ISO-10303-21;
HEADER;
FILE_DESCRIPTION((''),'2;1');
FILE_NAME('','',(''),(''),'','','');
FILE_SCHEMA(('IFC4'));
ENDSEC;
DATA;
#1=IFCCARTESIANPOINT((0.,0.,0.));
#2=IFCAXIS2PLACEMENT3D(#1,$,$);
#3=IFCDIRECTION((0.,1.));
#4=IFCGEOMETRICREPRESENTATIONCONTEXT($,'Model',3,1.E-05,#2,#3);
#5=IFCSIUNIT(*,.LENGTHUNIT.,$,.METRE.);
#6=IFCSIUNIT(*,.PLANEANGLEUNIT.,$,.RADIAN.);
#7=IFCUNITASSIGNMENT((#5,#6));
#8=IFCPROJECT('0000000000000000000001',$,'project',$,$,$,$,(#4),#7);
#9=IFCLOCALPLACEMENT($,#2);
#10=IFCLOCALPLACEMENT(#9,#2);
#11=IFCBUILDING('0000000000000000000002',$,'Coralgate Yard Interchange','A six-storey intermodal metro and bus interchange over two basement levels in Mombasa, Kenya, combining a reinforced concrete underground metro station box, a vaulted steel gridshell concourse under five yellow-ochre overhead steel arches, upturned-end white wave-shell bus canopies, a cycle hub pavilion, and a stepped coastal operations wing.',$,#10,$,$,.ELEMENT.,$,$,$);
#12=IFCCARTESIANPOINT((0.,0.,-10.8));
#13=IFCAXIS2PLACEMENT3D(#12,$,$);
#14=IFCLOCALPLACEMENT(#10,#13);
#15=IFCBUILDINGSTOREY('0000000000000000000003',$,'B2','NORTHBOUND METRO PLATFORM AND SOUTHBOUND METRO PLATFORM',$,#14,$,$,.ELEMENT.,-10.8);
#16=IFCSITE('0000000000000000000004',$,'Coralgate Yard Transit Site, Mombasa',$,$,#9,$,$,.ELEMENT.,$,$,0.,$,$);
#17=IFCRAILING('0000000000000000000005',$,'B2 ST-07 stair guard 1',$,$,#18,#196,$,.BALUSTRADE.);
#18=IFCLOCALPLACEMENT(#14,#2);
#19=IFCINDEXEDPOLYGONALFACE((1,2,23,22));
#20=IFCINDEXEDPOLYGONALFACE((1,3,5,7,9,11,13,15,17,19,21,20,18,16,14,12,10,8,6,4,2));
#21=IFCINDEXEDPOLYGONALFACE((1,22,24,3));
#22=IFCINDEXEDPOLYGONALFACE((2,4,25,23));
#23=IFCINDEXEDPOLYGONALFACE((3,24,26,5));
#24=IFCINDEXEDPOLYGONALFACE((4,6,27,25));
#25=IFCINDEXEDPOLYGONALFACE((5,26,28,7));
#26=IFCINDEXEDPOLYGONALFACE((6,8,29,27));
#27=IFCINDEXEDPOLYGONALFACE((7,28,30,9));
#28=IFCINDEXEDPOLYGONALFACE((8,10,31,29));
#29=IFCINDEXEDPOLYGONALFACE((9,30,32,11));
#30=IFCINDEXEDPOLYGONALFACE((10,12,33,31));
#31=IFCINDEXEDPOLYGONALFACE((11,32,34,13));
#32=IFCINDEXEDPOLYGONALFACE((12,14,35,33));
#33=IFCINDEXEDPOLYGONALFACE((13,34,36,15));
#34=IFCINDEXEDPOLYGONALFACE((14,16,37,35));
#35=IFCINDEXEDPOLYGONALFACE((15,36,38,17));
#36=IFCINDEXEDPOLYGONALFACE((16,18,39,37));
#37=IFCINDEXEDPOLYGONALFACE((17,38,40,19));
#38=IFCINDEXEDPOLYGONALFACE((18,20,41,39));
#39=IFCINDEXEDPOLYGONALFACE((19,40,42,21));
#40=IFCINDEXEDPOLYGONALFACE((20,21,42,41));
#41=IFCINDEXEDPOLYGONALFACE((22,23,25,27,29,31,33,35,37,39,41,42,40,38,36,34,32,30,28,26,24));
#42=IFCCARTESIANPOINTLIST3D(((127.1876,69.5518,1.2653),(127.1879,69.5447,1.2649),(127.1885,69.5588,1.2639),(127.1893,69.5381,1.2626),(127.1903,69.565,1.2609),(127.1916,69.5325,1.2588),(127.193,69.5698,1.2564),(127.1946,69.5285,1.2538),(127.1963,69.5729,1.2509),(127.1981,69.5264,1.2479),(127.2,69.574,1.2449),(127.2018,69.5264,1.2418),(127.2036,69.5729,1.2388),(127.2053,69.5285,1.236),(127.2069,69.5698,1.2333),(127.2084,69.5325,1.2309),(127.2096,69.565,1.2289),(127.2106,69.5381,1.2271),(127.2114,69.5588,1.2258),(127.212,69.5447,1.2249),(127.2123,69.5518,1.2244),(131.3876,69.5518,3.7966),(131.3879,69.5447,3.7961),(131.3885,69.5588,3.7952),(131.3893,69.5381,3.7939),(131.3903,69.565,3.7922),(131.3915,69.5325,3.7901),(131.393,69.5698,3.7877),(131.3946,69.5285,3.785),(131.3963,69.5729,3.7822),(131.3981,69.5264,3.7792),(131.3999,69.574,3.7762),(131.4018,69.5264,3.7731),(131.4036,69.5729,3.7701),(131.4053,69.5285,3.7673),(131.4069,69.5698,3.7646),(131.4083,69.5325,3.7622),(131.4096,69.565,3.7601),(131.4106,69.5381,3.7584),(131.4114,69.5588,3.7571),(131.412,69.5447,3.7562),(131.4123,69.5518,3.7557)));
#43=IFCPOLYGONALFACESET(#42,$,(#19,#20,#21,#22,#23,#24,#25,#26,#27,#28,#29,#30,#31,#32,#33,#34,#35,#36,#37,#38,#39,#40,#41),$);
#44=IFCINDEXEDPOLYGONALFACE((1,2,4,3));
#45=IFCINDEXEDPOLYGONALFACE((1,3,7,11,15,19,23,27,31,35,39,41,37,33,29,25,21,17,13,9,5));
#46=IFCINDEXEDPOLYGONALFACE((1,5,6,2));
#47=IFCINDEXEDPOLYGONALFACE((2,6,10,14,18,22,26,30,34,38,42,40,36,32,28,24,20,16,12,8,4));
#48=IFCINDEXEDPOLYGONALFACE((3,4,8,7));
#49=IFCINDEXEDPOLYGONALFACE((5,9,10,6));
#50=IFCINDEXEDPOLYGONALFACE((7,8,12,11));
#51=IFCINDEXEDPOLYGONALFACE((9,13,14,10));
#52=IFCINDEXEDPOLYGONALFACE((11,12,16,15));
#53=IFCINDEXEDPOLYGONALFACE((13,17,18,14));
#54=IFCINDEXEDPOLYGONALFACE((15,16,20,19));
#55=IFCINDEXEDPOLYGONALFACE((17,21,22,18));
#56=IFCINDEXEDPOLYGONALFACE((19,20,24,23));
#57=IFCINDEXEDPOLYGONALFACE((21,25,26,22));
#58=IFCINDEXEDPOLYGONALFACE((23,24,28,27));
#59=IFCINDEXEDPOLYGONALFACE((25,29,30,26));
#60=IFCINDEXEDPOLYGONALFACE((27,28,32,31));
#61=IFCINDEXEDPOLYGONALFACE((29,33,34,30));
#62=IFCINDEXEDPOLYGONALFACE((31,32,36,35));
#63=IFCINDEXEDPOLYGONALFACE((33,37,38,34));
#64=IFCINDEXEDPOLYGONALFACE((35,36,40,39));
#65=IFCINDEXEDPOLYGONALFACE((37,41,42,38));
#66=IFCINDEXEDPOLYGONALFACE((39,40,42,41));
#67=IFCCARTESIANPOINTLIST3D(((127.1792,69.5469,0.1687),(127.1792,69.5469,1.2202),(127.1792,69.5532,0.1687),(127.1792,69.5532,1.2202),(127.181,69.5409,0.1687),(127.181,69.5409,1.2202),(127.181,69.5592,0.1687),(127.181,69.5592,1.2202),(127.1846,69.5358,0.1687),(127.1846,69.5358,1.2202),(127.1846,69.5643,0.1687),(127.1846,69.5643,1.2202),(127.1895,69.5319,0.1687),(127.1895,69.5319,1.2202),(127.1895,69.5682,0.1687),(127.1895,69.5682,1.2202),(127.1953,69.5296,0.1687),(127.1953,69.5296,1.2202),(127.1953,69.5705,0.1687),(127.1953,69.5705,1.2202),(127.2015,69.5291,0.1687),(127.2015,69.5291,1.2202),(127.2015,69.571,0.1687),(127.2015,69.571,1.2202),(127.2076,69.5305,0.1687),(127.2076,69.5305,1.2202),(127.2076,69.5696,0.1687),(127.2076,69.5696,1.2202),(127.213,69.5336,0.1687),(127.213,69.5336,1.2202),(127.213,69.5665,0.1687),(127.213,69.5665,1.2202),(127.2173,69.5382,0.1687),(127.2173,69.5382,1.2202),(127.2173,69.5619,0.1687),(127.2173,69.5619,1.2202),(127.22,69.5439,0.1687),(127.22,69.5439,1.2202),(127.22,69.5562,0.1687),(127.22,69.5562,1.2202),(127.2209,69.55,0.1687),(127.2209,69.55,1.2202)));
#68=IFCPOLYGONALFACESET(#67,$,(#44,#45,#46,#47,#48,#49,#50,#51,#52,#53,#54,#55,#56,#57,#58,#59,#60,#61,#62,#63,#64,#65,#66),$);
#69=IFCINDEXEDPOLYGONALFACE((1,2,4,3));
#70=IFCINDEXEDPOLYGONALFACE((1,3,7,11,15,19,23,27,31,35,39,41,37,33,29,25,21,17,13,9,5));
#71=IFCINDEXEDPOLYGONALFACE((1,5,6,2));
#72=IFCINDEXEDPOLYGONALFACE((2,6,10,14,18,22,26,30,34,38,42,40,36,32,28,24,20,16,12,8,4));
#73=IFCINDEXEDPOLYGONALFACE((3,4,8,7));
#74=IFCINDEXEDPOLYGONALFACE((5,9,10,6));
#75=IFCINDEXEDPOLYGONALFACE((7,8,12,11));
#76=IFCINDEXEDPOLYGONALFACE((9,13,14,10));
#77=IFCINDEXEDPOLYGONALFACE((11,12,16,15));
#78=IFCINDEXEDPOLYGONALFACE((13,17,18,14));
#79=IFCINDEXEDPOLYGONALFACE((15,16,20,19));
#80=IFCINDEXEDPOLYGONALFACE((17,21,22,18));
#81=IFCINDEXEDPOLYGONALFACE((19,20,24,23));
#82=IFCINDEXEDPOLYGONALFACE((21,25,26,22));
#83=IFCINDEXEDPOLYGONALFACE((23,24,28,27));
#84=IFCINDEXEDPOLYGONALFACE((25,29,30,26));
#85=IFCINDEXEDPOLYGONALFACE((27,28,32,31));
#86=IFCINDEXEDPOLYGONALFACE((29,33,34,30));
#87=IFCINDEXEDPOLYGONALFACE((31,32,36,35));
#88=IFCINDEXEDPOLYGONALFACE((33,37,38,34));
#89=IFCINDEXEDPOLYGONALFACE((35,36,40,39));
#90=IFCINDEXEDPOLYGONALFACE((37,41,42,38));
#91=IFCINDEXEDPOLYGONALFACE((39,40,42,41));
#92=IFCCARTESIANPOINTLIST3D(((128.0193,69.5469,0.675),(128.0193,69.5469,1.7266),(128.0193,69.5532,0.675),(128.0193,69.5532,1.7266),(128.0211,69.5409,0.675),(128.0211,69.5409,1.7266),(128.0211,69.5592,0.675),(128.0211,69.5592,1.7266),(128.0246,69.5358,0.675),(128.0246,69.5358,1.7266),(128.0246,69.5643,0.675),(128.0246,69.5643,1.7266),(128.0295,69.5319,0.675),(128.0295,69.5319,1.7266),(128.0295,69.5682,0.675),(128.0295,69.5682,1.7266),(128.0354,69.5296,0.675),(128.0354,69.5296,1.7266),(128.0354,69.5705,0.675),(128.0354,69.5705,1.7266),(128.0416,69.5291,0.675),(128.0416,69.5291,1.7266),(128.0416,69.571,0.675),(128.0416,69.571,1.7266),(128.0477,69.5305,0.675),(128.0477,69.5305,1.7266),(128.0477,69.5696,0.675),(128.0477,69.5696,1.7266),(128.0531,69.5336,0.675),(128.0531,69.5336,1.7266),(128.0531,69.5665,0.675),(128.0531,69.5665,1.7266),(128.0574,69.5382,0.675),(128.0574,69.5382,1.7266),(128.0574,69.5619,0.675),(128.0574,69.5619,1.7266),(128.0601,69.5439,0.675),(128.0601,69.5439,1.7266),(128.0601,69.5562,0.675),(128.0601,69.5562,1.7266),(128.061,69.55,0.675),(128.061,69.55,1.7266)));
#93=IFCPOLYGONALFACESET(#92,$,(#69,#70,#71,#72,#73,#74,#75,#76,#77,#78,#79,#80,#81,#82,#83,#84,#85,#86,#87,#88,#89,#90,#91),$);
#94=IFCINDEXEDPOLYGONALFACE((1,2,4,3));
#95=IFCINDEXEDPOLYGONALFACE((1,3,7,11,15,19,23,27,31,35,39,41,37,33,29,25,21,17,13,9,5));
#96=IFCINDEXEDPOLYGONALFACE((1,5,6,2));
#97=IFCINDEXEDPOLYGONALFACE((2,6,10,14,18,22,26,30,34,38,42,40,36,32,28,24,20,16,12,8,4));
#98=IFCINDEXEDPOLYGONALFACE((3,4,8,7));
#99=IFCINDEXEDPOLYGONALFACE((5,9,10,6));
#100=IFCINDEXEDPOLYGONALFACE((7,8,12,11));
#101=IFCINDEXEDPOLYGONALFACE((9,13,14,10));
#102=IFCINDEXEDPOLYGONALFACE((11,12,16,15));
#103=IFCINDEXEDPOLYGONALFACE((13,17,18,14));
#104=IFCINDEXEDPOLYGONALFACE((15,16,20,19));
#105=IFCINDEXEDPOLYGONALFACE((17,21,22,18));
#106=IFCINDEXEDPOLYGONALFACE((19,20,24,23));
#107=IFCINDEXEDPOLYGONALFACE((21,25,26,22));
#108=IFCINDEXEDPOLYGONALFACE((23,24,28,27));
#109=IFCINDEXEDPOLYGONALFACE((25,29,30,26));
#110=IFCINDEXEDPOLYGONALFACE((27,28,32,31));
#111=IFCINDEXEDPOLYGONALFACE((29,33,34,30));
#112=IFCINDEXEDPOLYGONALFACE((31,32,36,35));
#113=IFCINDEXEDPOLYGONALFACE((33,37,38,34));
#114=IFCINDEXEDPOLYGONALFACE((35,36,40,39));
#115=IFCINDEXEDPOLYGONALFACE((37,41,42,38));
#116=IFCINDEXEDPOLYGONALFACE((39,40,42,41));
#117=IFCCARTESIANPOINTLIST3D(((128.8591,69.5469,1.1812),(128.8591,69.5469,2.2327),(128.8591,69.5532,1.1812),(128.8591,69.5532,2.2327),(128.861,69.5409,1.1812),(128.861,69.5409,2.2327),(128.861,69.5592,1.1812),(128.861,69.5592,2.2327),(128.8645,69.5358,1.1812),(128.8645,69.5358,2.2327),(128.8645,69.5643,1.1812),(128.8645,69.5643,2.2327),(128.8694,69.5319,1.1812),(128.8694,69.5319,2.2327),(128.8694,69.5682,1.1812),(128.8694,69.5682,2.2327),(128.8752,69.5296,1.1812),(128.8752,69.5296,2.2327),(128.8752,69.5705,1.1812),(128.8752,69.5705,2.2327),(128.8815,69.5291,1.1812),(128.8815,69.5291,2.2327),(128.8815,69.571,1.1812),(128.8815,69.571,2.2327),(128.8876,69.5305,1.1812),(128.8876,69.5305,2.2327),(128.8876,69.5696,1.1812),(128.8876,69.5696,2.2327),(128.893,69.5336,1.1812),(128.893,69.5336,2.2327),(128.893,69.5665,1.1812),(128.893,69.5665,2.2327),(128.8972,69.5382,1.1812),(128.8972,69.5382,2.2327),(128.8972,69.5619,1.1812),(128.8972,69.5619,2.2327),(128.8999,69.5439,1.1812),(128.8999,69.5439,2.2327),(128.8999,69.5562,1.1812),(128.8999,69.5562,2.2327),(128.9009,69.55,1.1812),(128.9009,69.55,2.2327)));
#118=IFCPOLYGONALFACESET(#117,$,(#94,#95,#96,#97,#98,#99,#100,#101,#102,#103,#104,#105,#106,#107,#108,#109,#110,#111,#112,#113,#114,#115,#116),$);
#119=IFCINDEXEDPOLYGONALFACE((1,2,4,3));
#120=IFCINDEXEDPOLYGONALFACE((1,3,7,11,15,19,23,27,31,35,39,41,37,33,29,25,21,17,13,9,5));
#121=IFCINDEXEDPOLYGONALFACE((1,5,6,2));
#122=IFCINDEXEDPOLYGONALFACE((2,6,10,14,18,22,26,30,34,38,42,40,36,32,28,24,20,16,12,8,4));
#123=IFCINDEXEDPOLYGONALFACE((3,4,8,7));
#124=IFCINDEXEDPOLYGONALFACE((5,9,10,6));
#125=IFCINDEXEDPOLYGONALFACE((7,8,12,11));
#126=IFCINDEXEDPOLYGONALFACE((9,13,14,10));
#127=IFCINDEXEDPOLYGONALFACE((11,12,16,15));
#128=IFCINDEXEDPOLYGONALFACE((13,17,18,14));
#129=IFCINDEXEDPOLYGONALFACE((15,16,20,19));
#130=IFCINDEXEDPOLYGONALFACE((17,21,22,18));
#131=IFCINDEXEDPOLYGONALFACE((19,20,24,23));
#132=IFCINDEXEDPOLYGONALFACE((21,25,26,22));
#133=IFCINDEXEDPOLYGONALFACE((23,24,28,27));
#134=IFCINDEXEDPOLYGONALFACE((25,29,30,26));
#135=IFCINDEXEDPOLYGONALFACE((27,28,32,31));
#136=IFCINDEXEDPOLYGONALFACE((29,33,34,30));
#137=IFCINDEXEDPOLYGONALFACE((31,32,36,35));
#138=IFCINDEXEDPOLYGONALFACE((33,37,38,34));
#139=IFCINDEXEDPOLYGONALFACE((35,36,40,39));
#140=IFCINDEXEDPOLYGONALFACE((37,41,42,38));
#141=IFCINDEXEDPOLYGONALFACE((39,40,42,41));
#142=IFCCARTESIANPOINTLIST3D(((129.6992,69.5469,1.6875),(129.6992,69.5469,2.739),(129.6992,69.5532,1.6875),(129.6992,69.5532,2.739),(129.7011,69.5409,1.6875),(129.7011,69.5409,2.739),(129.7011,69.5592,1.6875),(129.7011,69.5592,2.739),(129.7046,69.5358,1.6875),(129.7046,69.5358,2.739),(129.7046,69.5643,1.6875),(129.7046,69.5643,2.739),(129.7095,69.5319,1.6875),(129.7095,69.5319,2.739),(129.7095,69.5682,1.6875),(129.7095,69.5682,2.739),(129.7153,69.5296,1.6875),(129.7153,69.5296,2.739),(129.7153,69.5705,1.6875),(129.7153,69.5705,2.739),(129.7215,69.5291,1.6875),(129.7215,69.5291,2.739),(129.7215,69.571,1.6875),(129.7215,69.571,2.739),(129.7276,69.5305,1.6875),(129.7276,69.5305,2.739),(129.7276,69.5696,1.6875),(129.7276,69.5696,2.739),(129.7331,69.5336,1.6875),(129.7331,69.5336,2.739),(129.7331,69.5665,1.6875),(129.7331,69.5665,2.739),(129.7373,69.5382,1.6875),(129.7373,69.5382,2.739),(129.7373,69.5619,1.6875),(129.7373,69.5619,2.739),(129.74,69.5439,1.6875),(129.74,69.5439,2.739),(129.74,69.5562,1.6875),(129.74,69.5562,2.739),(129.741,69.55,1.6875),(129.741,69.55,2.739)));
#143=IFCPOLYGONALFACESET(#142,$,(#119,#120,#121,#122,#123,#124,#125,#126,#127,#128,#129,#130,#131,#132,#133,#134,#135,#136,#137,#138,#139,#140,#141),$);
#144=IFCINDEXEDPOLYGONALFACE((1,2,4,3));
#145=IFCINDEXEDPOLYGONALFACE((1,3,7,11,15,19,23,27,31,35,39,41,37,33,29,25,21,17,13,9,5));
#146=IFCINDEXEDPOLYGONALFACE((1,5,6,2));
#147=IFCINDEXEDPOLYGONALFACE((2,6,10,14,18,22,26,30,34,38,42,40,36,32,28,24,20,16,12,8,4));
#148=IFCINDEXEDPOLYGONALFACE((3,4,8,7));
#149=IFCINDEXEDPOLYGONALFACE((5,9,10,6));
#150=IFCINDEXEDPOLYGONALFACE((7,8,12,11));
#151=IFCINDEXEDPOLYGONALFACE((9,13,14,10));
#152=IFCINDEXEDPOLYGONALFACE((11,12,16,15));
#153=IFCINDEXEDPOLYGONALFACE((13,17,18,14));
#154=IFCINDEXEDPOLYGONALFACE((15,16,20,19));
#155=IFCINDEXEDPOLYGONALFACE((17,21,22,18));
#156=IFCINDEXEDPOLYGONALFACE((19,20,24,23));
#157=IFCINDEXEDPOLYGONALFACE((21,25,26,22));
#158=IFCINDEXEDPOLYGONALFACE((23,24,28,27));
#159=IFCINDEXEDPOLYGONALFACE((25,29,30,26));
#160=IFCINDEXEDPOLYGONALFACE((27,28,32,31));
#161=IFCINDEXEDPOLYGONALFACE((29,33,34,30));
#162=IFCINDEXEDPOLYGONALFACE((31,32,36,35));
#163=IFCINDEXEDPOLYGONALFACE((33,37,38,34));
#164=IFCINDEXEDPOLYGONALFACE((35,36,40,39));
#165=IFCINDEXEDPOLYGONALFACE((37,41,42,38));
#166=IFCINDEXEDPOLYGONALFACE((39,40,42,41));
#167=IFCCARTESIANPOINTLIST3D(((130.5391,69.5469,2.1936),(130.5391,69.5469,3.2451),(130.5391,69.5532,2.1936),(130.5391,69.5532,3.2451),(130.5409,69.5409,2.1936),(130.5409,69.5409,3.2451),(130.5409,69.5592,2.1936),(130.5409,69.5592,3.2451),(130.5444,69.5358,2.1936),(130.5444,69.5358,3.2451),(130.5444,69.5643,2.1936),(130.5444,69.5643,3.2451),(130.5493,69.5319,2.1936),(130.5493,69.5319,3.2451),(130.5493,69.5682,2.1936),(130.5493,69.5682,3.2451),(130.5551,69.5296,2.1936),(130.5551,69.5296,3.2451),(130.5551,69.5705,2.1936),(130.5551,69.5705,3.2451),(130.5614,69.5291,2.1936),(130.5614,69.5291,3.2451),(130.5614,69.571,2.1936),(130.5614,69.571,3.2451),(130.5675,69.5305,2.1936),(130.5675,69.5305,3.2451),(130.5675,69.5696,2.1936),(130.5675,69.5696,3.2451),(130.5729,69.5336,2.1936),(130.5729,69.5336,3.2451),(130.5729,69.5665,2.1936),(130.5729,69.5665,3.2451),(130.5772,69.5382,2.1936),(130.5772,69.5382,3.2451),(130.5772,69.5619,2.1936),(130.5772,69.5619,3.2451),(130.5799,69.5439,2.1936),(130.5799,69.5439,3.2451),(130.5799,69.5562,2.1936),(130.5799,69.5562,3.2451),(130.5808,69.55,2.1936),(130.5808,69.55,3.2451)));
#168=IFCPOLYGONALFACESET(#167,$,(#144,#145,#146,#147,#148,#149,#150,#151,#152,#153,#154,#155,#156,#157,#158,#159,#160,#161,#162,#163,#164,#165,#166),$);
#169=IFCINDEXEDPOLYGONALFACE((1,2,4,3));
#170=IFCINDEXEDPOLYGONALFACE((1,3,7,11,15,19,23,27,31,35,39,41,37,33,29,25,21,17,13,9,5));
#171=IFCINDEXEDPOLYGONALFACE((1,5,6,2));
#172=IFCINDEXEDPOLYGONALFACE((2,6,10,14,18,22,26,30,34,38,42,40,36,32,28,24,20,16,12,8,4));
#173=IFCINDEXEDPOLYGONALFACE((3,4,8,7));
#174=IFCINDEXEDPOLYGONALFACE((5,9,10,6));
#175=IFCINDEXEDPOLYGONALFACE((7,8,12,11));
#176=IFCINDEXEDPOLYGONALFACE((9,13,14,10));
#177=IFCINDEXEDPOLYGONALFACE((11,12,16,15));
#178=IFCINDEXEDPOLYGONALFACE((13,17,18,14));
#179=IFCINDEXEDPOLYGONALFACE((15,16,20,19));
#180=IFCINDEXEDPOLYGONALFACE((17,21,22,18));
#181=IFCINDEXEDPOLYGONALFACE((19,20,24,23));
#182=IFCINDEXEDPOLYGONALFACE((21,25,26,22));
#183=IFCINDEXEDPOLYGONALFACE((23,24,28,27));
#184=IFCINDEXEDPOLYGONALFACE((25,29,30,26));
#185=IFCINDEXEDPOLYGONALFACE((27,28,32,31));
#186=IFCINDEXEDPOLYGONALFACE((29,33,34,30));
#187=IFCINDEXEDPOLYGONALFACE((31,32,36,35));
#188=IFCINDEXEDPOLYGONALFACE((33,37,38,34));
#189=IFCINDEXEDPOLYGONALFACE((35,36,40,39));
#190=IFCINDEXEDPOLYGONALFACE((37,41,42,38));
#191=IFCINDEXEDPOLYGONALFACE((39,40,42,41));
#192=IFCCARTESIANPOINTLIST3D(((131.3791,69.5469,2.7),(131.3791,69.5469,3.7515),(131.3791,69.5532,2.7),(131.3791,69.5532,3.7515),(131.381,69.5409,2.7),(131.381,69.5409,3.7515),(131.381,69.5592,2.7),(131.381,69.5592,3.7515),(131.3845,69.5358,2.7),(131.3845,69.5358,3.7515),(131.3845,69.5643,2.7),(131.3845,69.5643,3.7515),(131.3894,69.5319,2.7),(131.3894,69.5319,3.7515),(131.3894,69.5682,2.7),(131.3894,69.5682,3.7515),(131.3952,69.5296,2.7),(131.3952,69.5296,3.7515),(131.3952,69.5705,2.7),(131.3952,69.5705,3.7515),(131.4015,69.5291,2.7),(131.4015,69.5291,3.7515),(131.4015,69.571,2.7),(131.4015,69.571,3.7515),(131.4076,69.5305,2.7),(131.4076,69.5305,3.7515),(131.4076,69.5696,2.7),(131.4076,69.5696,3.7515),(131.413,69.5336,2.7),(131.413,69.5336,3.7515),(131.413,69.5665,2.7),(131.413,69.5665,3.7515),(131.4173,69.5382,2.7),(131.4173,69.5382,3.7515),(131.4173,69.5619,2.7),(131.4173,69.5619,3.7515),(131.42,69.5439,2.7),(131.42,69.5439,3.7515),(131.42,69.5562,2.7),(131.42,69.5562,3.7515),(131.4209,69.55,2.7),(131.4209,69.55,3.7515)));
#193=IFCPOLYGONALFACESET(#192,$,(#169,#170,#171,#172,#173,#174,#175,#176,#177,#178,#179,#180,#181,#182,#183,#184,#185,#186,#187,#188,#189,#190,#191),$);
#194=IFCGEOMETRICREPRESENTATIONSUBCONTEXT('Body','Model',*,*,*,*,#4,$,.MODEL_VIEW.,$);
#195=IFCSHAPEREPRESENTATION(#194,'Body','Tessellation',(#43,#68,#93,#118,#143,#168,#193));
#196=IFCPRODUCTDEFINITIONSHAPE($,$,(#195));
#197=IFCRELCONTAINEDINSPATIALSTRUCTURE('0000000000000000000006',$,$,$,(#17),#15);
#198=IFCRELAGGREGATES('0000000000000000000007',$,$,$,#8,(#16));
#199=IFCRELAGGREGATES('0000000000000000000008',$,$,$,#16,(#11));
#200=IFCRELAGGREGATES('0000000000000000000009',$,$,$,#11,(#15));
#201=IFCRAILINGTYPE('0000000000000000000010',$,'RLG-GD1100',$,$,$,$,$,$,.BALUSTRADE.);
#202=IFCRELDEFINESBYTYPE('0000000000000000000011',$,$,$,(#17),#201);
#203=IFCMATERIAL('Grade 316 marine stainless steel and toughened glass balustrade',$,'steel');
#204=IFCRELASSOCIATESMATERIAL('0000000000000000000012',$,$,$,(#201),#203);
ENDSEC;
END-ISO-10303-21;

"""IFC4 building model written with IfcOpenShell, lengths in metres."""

from ifc_helpers import new_model, si_unit, direction, frame, origin, origin_2d, place, context, subcontext, project, spatial, circle, extrude, material, type_object, element, save


model = new_model("IFC4")

# Units and contexts
model_context = context("Model", 3, precision=1e-05, world=origin(), true_north=direction((0.0, 1.0)))
body_context = subcontext(model_context, "Body", "Model", "MODEL_VIEW")
ifc_project = project(units=[si_unit("LENGTHUNIT", "METRE"), si_unit("PLANEANGLEUNIT", "RADIAN")], contexts=[model_context])

# Site, building, storey
site_placement = place(None, origin())
site = spatial("IfcSite", under=ifc_project, at=site_placement, Name="Coralgate Yard Transit Site, Mombasa", CompositionType="ELEMENT", RefElevation=0.0)
building_placement = place(site_placement, origin())
building = spatial("IfcBuilding", under=site, at=building_placement, Name="Coralgate Yard Interchange", Description="A six-storey intermodal metro and bus interchange over two basement levels in Mombasa, Kenya, combining a reinforced concrete underground metro station box, a vaulted steel gridshell concourse under five yellow-ochre overhead steel arches, upturned-end white wave-shell bus canopies, a cycle hub pavilion, and a stepped coastal operations wing.", CompositionType="ELEMENT")
storey_placement = place(building_placement, frame((0.0, 0.0, -10.8)))
storey = spatial("IfcBuildingStorey", under=building, at=storey_placement, Name="B2", Description="NORTHBOUND METRO PLATFORM AND SOUTHBOUND METRO PLATFORM", CompositionType="ELEMENT", Elevation=-10.8)

# Railing
ifc_material_1 = material(Name="Grade 316 marine stainless steel and toughened glass balustrade", Category="steel")
railing_type_1 = type_object("IfcRailingType", Name="RLG-GD1100", PredefinedType="BALUSTRADE", material=ifc_material_1)
railing_1_placement = place(storey_placement, frame((127.2, 69.55, 0.1687)))
element("IfcRailing", 1, at=railing_1_placement, inside=storey, type_object=railing_type_1, Name="B2 ST-07 stair guard 1", PredefinedType="BALUSTRADE", context=body_context, shape_type="SweptSolid", body=[
    extrude(circle(Radius=0.0239, at=origin_2d()), frame((0.0, 0.0, 1.0762), z_axis=(0.856476, 0.0, 0.516186), x_axis=(0.0, 1.0, 0.0)), (0.0, 0.0, 1.0), 4.9038),
    extrude(circle(Radius=0.021, at=origin_2d()), origin(), (0.0, 0.0, 1.0), 1.0515),
    extrude(circle(Radius=0.021, at=origin_2d()), frame((0.8401, 0.0, 0.5063)), (0.0, 0.0, 1.0), 1.0515),
    extrude(circle(Radius=0.021, at=origin_2d()), frame((1.6799, 0.0, 1.0125)), (0.0, 0.0, 1.0), 1.0515),
    extrude(circle(Radius=0.021, at=origin_2d()), frame((2.52, 0.0, 1.5188)), (0.0, 0.0, 1.0), 1.0515),
    extrude(circle(Radius=0.021, at=origin_2d()), frame((3.3599, 0.0, 2.0249)), (0.0, 0.0, 1.0), 1.0515),
    extrude(circle(Radius=0.021, at=origin_2d()), frame((4.2, 0.0, 2.5312)), (0.0, 0.0, 1.0), 1.0515),
])

save(model, "model.ifc")
